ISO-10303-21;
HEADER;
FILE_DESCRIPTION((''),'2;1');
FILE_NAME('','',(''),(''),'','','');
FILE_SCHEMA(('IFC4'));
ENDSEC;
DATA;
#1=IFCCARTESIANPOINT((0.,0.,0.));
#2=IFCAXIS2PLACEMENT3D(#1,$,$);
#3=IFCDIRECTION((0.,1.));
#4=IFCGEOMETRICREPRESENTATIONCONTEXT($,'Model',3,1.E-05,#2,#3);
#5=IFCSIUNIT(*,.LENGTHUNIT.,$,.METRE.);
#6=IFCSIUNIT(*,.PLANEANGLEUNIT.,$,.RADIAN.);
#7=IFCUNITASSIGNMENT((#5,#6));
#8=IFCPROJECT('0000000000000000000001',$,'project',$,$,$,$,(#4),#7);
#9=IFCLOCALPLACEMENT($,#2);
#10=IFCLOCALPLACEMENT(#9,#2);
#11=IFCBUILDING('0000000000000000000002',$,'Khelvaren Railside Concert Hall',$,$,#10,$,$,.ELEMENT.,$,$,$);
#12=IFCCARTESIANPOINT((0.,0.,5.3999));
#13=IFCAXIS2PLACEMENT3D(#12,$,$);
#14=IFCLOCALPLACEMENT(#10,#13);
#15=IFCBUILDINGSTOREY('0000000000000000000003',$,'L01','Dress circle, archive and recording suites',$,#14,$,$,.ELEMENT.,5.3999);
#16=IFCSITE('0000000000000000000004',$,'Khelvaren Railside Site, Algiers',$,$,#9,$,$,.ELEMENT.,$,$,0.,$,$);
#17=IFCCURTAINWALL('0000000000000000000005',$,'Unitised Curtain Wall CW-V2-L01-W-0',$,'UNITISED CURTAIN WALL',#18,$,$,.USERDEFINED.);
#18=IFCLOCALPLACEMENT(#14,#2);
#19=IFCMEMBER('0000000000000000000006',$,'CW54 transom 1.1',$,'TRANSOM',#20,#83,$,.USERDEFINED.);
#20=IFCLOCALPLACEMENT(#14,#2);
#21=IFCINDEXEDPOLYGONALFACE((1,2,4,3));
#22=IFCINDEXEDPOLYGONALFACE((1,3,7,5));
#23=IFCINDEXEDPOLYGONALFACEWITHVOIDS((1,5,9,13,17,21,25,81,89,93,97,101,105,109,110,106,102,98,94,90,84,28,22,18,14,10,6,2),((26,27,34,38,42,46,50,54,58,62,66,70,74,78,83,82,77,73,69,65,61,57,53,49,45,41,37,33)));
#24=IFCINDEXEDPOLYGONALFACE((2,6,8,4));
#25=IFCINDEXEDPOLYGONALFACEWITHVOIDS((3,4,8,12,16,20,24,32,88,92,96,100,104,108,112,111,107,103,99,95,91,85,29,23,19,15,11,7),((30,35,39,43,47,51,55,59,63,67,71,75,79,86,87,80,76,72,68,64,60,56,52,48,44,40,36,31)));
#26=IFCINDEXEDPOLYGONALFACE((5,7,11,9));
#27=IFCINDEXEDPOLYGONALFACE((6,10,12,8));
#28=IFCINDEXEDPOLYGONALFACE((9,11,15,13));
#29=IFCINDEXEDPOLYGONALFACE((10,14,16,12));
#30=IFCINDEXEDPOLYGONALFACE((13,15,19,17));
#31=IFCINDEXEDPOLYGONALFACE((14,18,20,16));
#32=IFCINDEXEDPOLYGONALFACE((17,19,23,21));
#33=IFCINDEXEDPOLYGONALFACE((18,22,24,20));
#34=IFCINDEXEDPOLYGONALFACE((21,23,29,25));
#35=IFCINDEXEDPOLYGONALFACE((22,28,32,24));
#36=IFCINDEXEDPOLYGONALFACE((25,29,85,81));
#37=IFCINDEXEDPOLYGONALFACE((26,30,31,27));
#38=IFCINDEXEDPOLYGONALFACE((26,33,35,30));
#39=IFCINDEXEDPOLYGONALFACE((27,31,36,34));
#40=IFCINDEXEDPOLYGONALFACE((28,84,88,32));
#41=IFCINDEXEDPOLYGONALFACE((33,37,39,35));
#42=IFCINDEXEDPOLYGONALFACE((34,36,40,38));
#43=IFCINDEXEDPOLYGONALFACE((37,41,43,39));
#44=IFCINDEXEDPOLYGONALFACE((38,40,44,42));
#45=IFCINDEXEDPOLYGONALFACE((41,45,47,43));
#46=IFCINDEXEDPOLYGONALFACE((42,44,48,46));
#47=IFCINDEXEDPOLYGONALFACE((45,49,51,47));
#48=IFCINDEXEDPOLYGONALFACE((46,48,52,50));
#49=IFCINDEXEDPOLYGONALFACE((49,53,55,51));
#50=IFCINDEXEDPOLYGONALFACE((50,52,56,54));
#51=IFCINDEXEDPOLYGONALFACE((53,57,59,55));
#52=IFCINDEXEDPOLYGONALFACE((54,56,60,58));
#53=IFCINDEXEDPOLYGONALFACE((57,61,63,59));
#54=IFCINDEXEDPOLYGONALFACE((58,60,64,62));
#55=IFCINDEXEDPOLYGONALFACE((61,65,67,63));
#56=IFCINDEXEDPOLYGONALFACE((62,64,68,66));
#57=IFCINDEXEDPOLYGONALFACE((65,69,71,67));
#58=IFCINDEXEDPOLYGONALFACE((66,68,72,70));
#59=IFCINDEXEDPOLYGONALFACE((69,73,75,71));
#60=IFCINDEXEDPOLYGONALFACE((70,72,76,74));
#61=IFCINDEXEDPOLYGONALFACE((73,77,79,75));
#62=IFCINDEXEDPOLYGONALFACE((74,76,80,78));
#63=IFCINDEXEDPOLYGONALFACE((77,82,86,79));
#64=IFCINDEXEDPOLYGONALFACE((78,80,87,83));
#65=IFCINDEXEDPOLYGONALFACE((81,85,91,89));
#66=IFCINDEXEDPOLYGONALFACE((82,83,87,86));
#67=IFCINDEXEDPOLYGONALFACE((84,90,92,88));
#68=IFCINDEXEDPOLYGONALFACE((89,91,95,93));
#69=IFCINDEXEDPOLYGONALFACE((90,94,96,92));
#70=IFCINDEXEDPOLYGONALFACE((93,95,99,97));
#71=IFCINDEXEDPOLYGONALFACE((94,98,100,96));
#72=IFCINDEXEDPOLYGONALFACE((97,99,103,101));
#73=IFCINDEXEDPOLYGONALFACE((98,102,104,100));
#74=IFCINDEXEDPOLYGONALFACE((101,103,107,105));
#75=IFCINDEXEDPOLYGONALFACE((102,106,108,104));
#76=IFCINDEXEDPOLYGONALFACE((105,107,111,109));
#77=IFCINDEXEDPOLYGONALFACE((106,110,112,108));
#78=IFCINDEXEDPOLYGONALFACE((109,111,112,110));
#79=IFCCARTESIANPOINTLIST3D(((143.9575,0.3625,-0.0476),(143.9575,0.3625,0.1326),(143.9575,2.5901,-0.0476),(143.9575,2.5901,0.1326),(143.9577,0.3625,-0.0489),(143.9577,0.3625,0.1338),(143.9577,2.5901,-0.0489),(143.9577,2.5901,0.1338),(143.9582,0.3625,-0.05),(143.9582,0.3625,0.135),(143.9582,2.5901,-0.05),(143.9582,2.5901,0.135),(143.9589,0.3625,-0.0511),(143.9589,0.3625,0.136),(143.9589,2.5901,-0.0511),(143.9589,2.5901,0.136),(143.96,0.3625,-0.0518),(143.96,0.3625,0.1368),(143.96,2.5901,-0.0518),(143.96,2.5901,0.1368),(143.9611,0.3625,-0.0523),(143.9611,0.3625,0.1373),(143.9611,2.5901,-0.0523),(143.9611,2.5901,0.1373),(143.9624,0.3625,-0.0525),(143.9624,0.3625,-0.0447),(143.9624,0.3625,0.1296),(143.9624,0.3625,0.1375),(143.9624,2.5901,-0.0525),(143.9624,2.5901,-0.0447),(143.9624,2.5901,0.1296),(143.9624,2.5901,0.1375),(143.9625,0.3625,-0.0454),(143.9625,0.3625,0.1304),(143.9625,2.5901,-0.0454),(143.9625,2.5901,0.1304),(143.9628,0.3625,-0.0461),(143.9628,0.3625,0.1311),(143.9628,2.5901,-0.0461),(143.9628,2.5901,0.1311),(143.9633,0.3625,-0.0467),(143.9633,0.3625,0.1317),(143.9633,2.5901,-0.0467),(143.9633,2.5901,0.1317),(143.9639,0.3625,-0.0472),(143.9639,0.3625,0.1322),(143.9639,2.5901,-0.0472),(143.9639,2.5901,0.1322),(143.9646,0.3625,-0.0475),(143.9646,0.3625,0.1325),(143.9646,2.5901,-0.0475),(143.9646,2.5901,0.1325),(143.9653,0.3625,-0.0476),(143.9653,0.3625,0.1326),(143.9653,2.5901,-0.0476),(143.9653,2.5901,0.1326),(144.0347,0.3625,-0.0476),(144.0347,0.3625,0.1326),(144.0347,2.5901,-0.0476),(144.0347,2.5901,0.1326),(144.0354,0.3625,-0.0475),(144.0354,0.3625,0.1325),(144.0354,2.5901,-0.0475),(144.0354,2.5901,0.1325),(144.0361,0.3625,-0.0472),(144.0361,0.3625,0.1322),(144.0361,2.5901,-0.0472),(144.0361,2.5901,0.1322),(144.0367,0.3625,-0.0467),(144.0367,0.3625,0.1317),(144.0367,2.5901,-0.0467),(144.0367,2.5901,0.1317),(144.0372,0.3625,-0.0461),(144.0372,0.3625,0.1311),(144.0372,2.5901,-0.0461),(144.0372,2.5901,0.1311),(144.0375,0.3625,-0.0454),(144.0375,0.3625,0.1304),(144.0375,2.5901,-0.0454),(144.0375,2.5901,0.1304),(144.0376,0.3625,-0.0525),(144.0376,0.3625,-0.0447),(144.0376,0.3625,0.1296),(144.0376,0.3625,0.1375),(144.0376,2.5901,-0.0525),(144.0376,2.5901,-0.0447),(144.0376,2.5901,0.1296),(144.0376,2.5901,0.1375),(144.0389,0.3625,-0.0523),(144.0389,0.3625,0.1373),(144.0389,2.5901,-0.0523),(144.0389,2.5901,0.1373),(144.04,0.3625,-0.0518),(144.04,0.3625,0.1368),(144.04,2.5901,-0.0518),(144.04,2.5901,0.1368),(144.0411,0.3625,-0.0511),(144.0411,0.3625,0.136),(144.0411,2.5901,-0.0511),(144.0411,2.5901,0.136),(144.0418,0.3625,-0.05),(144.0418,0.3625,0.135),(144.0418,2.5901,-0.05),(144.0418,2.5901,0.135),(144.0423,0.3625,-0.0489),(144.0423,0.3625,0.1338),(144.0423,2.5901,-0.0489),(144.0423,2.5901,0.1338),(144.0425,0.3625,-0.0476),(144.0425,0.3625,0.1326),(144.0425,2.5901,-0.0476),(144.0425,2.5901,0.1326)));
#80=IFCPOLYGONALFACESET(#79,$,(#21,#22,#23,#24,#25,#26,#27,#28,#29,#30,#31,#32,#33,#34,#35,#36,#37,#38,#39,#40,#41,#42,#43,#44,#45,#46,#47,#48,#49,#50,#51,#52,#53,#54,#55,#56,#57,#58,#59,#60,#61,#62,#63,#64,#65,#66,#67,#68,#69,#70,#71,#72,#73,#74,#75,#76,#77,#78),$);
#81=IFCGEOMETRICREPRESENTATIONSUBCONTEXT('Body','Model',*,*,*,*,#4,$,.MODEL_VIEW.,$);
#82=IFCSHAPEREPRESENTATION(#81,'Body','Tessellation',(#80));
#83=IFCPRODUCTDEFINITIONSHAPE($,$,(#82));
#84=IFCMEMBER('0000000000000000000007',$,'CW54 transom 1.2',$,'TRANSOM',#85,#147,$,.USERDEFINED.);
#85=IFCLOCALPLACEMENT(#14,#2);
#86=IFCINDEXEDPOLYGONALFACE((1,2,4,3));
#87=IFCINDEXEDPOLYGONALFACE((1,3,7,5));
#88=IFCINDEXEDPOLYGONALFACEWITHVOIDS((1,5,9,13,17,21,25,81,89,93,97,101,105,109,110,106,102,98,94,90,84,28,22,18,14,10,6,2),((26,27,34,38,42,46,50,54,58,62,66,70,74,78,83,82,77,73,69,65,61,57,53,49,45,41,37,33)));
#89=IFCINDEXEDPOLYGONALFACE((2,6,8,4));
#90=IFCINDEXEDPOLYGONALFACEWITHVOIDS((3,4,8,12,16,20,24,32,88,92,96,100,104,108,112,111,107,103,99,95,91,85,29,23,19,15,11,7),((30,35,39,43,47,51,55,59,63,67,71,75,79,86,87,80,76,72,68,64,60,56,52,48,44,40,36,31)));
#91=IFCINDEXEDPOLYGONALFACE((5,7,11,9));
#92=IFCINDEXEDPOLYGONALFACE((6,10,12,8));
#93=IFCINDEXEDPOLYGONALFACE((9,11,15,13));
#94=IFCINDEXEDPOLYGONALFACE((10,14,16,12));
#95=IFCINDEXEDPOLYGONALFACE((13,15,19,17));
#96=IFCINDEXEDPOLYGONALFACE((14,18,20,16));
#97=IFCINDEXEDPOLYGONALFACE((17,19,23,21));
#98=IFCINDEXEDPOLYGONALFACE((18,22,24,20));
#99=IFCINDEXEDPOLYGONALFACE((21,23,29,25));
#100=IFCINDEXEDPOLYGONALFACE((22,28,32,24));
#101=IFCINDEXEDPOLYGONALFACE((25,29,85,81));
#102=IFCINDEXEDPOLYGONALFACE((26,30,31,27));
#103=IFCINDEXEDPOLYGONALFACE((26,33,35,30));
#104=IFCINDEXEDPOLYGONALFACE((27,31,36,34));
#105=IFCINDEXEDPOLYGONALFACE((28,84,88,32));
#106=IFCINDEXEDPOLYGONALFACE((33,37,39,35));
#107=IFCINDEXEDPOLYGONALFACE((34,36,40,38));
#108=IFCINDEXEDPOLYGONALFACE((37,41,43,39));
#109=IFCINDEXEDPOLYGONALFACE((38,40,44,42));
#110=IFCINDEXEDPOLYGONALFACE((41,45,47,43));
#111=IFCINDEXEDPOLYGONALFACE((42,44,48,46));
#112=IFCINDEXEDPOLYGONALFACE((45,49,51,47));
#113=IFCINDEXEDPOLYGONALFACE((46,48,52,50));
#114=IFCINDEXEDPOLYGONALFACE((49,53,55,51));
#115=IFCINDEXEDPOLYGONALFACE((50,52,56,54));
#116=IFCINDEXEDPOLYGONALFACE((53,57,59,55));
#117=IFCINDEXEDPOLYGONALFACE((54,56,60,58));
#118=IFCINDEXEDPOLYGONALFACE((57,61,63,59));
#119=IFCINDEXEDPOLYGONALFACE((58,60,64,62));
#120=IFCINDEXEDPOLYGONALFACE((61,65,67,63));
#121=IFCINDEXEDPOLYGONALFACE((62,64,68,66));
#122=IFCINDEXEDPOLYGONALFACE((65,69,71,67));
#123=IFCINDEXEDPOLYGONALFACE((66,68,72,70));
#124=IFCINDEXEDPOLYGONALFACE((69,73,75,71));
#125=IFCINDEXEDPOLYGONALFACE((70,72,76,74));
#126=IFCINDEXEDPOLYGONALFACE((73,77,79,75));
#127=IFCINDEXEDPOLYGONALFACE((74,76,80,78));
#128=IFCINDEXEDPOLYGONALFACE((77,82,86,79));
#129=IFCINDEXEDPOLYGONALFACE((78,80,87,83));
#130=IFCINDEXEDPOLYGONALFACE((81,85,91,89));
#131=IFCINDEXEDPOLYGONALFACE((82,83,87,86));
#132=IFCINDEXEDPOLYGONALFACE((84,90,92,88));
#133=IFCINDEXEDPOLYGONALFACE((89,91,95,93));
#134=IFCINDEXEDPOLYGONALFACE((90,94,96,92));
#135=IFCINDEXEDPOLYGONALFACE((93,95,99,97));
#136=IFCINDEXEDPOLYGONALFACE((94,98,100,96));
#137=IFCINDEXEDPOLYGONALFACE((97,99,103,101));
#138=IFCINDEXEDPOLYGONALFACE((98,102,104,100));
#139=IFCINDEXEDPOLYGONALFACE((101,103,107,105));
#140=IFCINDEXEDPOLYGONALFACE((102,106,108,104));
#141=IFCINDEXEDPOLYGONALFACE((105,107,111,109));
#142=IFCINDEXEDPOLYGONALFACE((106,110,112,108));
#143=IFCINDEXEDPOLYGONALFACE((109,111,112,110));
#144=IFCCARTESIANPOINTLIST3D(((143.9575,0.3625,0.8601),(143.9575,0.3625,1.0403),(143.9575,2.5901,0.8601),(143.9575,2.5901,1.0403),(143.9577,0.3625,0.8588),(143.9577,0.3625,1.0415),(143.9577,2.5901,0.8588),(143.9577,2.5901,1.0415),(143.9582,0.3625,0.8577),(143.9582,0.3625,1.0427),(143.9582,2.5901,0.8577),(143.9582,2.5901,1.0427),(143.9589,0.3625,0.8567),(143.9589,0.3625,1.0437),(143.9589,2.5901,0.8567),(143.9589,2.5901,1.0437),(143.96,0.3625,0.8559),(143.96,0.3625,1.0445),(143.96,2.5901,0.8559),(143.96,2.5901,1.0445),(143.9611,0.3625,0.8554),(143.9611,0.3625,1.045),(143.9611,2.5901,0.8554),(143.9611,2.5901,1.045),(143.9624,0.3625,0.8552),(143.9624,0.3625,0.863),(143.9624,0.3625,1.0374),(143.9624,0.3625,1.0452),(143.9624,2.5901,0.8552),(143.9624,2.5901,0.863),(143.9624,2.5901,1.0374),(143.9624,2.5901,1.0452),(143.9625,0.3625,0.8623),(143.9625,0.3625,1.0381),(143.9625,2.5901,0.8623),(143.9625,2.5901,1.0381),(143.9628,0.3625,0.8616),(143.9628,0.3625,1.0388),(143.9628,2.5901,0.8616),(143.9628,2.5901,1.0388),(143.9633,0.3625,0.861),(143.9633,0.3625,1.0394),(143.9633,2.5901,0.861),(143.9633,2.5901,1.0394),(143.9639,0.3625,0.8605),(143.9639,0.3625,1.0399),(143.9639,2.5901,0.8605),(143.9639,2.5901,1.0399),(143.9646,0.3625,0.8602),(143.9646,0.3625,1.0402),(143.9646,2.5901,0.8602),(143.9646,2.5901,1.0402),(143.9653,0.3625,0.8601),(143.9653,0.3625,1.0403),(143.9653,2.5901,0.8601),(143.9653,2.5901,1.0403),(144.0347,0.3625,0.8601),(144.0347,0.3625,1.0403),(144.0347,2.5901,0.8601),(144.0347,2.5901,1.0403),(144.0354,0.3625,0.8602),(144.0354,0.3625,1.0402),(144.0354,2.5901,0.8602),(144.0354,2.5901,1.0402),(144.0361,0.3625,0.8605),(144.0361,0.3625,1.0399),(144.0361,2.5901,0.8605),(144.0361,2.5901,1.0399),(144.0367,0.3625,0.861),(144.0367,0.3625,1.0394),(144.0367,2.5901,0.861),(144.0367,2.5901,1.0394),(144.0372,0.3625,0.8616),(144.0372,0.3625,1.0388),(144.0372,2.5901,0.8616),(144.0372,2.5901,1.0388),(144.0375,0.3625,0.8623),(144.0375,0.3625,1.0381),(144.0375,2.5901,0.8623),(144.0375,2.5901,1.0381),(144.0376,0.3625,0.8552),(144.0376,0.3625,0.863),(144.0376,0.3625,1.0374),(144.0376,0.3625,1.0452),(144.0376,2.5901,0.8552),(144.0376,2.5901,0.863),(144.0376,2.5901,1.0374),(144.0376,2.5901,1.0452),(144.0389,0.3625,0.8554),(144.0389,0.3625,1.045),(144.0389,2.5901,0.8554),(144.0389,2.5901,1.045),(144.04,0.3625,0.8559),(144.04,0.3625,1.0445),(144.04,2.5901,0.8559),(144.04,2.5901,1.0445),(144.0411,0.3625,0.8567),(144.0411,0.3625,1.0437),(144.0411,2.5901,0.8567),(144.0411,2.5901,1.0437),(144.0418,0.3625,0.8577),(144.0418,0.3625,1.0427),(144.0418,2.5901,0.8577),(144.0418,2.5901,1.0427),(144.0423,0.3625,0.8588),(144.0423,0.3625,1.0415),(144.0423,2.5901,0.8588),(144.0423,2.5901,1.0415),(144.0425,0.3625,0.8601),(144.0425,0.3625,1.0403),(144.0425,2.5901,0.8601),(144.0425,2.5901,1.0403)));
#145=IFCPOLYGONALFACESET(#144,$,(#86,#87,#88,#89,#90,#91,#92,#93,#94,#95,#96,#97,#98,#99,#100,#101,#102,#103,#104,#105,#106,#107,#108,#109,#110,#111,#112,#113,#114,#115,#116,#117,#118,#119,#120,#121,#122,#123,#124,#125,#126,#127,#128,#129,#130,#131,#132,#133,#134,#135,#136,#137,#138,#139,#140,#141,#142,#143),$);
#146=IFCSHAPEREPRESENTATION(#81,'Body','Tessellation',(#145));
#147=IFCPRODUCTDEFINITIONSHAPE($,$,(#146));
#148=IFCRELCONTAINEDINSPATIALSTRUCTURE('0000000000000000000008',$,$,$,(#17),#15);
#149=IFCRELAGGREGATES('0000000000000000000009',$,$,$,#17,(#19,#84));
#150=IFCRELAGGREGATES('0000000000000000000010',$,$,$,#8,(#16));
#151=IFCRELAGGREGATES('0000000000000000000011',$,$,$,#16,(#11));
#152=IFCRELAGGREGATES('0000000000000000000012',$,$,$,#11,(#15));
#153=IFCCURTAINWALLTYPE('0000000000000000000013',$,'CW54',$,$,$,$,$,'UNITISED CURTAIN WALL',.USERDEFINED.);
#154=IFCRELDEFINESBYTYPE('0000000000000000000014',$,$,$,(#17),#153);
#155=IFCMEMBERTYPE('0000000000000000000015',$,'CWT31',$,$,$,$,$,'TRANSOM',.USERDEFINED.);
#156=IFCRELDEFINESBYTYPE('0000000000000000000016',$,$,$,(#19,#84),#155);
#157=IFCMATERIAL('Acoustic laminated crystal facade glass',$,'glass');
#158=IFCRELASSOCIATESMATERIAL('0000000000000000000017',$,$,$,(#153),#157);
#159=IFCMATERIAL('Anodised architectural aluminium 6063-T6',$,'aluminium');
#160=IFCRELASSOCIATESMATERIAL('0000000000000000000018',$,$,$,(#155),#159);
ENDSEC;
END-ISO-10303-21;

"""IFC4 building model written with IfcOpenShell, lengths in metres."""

from ifc_helpers import new_model, si_unit, direction, frame, origin, origin_2d, place, context, subcontext, project, spatial, hollow_rectangle, extrude, material, material_profile, profile_set, type_object, element, aggregate, save


model = new_model("IFC4")

# Units and contexts
model_context = context("Model", 3, precision=1e-05, world=origin(), true_north=direction((0.0, 1.0)))
body_context = subcontext(model_context, "Body", "Model", "MODEL_VIEW")
ifc_project = project(units=[si_unit("LENGTHUNIT", "METRE"), si_unit("PLANEANGLEUNIT", "RADIAN")], contexts=[model_context])

# Site, building, storey
site_placement = place(None, origin())
site = spatial("IfcSite", under=ifc_project, at=site_placement, Name="Khelvaren Railside Site, Algiers", CompositionType="ELEMENT", RefElevation=0.0)
building_placement = place(site_placement, origin())
building = spatial("IfcBuilding", under=site, at=building_placement, Name="Khelvaren Railside Concert Hall", CompositionType="ELEMENT")
storey_placement = place(building_placement, frame((0.0, 0.0, 5.3999)))
storey = spatial("IfcBuildingStorey", under=building, at=storey_placement, Name="L01", Description="Dress circle, archive and recording suites", CompositionType="ELEMENT", Elevation=5.3999)

# Curtain wall, members
ifc_material_1 = material(Name="Anodised architectural aluminium 6063-T6", Category="aluminium")
ifc_material_2 = material(Name="Acoustic laminated crystal facade glass", Category="glass")
curtain_wall_type_1 = type_object("IfcCurtainWallType", Name="CW54", ElementType="UNITISED CURTAIN WALL", PredefinedType="USERDEFINED", material=ifc_material_2)
curtain_wall_1_placement = place(storey_placement, origin())
curtain_wall_1 = element("IfcCurtainWall", 1, at=curtain_wall_1_placement, inside=storey, type_object=curtain_wall_type_1, Name="Unitised Curtain Wall CW-V2-L01-W-0", ObjectType="UNITISED CURTAIN WALL", PredefinedType="USERDEFINED")
ifc_material_profile_1 = material_profile(ifc_material_1, hollow_rectangle(XDim=0.085, YDim=0.1899, WallThickness=0.0049, InnerFilletRadius=0.0029, OuterFilletRadius=0.0049, at=origin_2d()), Name="CWT 85x190x5")
ifc_profile_set_1 = profile_set([ifc_material_profile_1], Name="Anodised architectural aluminium 6063-T6")
member_type_1 = type_object("IfcMemberType", Name="CWT31", ElementType="TRANSOM", PredefinedType="USERDEFINED", material=ifc_profile_set_1)
member_1_placement = place(storey_placement, frame((144.0, 0.3625, 0.0425), z_axis=(0.0, 1.0, 0.0), x_axis=(-1.0, 0.0, 0.0)))
member_1 = element("IfcMember", 2, at=member_1_placement, type_object=member_type_1, Name="CW54 transom 1.1", ObjectType="TRANSOM", PredefinedType="USERDEFINED", context=body_context, shape_type="SweptSolid", body=[
    extrude(hollow_rectangle(XDim=0.085, YDim=0.1899, WallThickness=0.0049, InnerFilletRadius=0.0029, OuterFilletRadius=0.0049, at=origin_2d()), origin(), (0.0, 0.0, 1.0), 2.2275),
])
member_2_placement = place(storey_placement, frame((144.0, 0.3625, 0.9502), z_axis=(0.0, 1.0, 0.0), x_axis=(-1.0, 0.0, 0.0)))
member_2 = element("IfcMember", 3, at=member_2_placement, type_object=member_type_1, Name="CW54 transom 1.2", ObjectType="TRANSOM", PredefinedType="USERDEFINED", context=body_context, shape_type="SweptSolid", body=[
    extrude(hollow_rectangle(XDim=0.085, YDim=0.1899, WallThickness=0.0049, InnerFilletRadius=0.0029, OuterFilletRadius=0.0049, at=origin_2d()), origin(), (0.0, 0.0, 1.0), 2.2275),
])
aggregate(curtain_wall_1, [member_1, member_2])

save(model, "model.ifc")
